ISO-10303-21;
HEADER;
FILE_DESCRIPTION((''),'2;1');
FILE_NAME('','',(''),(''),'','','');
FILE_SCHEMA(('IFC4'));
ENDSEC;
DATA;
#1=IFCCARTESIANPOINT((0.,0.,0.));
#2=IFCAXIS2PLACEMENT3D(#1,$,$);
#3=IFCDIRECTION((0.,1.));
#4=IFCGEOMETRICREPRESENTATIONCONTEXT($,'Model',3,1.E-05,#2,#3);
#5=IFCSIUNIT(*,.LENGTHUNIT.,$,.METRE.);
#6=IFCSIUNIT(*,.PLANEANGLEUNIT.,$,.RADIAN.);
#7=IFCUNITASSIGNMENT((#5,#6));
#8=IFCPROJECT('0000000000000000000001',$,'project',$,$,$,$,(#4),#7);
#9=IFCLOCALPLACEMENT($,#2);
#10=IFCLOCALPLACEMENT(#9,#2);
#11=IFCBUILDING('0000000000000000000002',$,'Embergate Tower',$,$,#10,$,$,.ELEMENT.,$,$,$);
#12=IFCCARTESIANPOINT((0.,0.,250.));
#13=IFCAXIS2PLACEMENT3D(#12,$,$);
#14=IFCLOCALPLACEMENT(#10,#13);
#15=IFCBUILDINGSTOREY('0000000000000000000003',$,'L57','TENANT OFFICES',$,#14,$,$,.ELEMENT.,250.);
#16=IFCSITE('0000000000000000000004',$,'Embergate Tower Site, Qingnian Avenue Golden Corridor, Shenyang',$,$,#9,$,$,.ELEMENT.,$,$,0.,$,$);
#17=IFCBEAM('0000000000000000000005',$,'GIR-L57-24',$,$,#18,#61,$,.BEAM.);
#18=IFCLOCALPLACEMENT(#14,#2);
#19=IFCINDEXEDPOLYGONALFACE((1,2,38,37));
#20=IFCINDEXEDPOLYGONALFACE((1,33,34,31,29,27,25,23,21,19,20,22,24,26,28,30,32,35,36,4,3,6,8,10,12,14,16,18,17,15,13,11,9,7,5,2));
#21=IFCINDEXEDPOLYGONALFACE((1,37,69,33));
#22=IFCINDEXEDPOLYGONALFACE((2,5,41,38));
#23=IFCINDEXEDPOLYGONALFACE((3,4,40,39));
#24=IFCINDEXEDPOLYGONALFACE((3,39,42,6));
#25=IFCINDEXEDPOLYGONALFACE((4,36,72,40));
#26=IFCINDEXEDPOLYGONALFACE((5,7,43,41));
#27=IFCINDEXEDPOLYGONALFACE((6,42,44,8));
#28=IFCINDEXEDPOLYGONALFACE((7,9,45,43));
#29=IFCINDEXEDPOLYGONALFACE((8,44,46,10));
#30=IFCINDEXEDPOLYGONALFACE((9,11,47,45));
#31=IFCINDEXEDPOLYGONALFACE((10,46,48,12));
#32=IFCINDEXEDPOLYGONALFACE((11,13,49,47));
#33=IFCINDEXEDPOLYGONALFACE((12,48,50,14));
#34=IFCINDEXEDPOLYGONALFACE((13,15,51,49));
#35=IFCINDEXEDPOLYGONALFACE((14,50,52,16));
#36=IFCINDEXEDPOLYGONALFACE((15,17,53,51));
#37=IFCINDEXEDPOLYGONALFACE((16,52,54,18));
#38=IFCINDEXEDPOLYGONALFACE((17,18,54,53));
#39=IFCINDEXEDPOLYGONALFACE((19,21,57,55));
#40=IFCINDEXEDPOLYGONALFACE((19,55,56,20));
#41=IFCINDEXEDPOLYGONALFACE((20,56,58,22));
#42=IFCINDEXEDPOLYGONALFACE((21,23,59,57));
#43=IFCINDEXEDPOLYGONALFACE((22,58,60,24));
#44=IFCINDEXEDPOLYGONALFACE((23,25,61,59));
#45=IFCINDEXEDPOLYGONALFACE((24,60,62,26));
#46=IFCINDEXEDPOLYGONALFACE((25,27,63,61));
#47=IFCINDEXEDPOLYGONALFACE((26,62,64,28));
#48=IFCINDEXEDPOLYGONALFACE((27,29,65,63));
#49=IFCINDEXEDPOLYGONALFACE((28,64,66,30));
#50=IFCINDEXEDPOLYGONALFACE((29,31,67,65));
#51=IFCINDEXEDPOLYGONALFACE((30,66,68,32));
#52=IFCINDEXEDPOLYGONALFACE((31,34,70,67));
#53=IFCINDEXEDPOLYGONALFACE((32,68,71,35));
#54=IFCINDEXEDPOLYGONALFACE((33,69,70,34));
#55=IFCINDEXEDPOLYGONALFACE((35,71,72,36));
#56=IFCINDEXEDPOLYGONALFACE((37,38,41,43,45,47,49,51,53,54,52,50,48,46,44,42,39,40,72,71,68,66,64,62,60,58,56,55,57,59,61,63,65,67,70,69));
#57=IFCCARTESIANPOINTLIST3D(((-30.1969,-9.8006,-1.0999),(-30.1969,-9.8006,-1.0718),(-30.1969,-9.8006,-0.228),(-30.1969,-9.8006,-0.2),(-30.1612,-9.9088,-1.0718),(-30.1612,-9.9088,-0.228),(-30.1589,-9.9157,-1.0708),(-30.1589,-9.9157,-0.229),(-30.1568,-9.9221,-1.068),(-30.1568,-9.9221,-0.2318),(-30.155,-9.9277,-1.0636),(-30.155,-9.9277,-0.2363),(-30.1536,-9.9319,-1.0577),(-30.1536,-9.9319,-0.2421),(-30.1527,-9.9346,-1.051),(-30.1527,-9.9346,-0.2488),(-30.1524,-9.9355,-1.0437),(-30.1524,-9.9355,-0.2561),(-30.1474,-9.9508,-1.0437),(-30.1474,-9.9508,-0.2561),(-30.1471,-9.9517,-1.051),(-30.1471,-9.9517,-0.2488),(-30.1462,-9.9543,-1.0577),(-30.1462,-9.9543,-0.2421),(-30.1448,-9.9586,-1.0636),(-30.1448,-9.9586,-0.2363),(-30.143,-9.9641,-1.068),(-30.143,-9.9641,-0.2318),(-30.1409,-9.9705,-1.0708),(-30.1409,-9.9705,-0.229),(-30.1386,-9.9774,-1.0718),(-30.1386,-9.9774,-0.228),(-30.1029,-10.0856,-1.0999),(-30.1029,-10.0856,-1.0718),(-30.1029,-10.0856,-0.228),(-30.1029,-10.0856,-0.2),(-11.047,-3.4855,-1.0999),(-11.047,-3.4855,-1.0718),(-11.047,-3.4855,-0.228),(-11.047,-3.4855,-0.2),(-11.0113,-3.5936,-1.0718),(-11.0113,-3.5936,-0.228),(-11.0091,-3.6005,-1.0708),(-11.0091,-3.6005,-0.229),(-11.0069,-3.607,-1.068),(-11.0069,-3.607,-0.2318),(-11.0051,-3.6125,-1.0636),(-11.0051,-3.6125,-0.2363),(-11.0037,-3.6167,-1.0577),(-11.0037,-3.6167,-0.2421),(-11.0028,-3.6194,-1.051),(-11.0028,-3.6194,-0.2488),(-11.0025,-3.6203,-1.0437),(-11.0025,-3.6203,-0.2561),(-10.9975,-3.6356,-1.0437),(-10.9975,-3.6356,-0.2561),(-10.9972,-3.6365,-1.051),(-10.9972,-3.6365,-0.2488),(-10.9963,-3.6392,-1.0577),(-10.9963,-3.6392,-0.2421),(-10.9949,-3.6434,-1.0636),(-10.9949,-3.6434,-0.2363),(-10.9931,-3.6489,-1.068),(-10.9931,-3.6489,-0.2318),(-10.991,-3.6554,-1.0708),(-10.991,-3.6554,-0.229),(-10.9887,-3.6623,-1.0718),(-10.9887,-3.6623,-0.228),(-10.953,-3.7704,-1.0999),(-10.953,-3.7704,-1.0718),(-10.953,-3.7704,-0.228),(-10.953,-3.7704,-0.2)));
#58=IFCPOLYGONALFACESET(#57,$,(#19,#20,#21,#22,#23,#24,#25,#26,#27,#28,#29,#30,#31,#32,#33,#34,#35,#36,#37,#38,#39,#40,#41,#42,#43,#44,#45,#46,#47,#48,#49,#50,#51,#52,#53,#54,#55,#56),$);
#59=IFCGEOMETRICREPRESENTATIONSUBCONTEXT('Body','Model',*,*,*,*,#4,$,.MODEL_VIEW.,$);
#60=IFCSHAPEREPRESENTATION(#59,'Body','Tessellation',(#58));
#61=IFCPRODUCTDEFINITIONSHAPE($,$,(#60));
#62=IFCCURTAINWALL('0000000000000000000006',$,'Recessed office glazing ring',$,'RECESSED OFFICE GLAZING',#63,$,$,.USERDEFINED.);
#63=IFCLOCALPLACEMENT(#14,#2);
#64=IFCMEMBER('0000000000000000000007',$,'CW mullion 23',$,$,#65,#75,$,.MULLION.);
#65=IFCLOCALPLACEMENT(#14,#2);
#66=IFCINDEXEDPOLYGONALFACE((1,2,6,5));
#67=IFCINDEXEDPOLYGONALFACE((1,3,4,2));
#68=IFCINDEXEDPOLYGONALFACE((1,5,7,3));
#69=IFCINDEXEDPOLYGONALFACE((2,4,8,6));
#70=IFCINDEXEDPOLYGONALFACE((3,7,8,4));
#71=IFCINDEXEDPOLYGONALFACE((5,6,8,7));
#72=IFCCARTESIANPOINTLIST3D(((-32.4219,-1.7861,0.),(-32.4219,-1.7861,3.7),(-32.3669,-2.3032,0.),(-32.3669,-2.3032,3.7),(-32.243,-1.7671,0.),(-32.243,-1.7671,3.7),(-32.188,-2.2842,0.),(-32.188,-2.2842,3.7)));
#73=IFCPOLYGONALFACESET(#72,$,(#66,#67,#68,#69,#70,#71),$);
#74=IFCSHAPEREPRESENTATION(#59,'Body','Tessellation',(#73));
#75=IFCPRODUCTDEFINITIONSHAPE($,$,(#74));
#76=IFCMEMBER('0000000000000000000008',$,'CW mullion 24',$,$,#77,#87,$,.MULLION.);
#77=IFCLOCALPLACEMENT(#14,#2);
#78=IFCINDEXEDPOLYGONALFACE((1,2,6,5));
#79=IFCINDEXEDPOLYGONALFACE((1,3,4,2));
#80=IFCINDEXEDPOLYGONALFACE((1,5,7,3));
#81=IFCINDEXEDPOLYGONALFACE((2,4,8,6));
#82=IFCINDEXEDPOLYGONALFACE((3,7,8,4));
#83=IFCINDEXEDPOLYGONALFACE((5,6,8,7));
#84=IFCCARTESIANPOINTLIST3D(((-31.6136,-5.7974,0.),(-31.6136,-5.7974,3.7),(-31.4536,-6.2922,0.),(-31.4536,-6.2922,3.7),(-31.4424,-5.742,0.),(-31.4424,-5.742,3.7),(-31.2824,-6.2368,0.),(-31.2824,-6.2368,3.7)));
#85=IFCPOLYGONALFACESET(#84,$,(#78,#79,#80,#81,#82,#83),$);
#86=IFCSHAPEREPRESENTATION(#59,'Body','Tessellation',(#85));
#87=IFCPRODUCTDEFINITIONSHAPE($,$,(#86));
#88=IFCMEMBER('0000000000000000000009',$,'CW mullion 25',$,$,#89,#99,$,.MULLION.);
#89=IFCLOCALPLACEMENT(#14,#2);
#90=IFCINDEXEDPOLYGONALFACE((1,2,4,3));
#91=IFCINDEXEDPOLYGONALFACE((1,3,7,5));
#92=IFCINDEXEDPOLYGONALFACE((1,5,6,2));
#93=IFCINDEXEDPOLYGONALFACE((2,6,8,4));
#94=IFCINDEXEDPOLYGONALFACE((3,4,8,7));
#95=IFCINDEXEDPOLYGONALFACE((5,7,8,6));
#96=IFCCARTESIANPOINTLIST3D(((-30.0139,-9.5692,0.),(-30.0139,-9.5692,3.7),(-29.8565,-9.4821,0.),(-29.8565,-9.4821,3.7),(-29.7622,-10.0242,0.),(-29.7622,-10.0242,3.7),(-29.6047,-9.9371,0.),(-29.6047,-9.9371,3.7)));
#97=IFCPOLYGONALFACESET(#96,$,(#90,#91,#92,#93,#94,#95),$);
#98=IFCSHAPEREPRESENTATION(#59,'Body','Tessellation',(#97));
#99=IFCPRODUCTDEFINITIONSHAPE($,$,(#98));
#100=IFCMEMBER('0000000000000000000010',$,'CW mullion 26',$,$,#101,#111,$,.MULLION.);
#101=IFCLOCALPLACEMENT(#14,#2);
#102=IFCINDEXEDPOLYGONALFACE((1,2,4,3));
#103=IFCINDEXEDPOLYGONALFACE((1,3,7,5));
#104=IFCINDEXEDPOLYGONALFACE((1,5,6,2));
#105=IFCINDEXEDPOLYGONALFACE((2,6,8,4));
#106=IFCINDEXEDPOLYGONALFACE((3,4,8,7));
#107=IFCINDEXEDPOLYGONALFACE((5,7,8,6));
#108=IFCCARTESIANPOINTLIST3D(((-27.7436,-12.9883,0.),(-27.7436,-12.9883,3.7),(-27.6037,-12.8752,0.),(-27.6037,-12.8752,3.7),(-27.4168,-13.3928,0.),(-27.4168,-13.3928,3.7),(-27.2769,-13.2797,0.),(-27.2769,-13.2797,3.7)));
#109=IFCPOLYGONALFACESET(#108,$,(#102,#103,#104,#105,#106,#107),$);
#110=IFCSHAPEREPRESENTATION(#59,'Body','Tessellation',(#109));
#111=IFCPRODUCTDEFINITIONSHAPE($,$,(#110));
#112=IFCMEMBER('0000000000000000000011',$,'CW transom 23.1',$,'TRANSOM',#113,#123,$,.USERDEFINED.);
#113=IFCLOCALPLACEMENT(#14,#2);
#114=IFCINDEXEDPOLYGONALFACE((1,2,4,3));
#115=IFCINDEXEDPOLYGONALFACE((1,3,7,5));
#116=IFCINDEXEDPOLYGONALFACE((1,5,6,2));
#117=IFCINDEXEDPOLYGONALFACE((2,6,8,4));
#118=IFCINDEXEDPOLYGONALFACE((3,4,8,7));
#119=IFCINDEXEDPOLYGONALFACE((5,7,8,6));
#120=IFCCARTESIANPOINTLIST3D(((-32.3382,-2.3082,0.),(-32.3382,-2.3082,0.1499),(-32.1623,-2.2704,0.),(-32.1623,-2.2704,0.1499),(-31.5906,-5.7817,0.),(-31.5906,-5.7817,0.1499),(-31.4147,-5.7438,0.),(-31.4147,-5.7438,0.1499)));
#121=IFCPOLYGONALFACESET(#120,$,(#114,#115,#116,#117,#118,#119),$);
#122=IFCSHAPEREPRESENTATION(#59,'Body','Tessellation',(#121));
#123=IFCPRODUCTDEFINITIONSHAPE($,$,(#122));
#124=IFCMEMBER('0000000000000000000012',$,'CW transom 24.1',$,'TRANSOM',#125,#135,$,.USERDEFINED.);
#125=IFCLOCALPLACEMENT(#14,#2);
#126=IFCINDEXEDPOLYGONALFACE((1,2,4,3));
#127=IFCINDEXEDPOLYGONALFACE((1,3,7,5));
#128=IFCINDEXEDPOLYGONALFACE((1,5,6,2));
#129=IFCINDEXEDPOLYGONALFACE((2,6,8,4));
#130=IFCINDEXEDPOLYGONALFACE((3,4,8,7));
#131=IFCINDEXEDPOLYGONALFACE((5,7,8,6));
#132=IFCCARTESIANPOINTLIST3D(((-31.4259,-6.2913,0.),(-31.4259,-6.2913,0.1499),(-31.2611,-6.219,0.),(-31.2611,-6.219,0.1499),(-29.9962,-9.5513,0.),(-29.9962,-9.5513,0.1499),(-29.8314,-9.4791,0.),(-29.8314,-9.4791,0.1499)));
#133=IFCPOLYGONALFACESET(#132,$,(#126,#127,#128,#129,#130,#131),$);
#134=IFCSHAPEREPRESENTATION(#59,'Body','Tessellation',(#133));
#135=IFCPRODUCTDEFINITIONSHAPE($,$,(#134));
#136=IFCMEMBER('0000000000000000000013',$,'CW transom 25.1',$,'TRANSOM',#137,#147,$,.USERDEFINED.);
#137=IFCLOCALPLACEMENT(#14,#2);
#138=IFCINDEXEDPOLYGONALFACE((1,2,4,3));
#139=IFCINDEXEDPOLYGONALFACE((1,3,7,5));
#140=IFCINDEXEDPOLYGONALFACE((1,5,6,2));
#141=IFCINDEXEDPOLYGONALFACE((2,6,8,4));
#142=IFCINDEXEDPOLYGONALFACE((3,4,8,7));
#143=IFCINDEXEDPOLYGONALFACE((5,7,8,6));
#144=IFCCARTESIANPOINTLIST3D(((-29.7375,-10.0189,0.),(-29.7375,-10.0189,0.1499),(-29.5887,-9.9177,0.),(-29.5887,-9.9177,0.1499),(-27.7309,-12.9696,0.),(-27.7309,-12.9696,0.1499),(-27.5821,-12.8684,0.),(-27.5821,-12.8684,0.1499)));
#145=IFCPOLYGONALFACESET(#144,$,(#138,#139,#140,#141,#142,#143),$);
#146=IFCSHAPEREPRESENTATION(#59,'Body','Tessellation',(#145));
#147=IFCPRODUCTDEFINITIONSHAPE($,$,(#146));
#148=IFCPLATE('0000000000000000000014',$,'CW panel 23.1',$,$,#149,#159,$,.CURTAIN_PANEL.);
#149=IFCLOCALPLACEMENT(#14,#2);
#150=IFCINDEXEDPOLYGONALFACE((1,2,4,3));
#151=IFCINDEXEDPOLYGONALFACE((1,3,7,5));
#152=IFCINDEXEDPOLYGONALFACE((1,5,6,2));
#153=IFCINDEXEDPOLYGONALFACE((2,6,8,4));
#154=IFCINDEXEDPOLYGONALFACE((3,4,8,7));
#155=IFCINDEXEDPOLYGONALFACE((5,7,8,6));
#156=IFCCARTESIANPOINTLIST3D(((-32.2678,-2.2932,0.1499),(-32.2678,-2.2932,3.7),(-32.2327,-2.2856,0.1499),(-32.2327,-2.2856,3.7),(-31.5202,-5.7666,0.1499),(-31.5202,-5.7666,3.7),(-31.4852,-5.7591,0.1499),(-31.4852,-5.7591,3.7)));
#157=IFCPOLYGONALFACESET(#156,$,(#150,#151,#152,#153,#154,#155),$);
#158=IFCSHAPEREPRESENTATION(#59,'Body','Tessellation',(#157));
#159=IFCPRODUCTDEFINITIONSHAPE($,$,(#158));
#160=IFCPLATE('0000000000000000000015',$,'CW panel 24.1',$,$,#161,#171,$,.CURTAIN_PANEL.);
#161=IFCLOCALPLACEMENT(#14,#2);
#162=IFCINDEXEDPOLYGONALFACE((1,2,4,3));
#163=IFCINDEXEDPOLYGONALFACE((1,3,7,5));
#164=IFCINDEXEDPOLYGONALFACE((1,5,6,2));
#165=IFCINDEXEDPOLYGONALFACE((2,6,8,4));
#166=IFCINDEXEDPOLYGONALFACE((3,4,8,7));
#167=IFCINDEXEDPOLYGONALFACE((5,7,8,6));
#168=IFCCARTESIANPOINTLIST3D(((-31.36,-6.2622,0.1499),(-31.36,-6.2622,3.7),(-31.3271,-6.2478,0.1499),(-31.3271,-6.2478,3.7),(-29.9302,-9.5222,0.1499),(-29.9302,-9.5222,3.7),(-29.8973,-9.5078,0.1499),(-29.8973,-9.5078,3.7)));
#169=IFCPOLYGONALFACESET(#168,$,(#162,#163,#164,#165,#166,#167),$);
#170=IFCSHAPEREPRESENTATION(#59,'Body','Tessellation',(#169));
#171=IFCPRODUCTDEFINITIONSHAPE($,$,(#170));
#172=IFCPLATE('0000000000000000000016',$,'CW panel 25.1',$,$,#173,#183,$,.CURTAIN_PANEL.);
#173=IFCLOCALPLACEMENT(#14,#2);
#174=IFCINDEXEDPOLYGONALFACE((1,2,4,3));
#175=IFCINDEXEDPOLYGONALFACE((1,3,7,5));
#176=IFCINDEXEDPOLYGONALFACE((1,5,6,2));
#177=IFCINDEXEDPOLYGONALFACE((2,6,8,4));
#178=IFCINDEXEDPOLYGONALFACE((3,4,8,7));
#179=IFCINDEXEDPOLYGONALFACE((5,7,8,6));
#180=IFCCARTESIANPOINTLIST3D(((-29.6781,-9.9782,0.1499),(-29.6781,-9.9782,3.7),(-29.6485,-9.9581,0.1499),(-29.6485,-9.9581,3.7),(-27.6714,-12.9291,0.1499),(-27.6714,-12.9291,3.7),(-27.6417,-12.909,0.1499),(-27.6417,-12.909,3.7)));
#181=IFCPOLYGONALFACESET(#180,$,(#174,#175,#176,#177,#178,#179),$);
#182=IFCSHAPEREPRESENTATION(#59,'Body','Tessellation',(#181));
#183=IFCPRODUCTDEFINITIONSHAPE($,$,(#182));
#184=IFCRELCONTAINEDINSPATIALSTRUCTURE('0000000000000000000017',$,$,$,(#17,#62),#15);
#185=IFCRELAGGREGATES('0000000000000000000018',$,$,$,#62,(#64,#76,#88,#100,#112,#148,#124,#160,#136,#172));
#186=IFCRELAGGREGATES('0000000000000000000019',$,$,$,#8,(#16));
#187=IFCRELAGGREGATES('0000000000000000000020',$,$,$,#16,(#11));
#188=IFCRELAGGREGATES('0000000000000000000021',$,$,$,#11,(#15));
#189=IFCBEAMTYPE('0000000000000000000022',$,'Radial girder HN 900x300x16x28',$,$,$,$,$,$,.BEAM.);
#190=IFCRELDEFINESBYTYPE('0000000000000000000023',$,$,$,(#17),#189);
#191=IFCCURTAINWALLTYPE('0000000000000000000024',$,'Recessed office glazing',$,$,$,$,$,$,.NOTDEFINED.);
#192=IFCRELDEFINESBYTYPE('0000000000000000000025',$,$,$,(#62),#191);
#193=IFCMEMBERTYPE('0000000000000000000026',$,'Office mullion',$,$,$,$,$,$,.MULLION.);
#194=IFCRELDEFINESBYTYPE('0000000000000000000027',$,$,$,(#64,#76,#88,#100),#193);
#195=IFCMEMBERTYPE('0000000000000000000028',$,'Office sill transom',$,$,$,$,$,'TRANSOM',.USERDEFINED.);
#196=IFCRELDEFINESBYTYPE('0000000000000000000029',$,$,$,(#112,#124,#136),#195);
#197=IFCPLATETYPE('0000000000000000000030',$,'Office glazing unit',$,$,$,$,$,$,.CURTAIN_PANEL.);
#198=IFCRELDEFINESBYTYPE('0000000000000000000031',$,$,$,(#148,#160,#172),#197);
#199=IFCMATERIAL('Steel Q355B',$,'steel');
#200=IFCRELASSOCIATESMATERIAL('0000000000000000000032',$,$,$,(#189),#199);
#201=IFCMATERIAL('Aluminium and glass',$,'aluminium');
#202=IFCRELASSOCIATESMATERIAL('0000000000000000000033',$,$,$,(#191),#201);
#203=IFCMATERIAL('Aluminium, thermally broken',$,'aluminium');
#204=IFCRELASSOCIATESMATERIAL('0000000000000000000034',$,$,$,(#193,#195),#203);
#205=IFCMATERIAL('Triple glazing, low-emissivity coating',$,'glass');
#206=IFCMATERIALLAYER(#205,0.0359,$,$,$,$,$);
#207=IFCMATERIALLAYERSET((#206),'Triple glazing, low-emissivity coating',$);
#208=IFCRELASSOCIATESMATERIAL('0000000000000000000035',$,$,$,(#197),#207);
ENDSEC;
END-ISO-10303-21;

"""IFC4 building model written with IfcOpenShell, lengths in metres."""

from ifc_helpers import new_model, si_unit, direction, frame, origin, origin_2d, place, context, subcontext, project, spatial, rectangle, i_section, extrude, source, transform, mapped, material, layer, layer_set, material_profile, profile_set, type_object, element, aggregate, save


model = new_model("IFC4")

# Units and contexts
model_context = context("Model", 3, precision=1e-05, world=origin(), true_north=direction((0.0, 1.0)))
body_context = subcontext(model_context, "Body", "Model", "MODEL_VIEW")
ifc_project = project(units=[si_unit("LENGTHUNIT", "METRE"), si_unit("PLANEANGLEUNIT", "RADIAN")], contexts=[model_context])

# Site, building, storey
site_placement = place(None, origin())
site = spatial("IfcSite", under=ifc_project, at=site_placement, Name="Embergate Tower Site, Qingnian Avenue Golden Corridor, Shenyang", CompositionType="ELEMENT", RefElevation=0.0)
building_placement = place(site_placement, origin())
building = spatial("IfcBuilding", under=site, at=building_placement, Name="Embergate Tower", CompositionType="ELEMENT")
storey_placement = place(building_placement, frame((0.0, 0.0, 250.0)))
storey = spatial("IfcBuildingStorey", under=building, at=storey_placement, Name="L57", Description="TENANT OFFICES", CompositionType="ELEMENT", Elevation=250.0)

# Beam
ifc_material_1 = material(Name="Steel Q355B", Category="steel")
ifc_material_profile_1 = material_profile(ifc_material_1, i_section(OverallWidth=0.3, OverallDepth=0.8999, WebThickness=0.0161, FlangeThickness=0.0281, FilletRadius=0.0281, at=origin_2d()), Name="HN 900x300x16x28")
ifc_profile_set_1 = profile_set([ifc_material_profile_1], Name="Steel Q355 grade B")
beam_type_1 = type_object("IfcBeamType", Name="Radial girder HN 900x300x16x28", PredefinedType="BEAM", material=ifc_profile_set_1)
shared_shape_1 = source(origin(), body_context, "Body", "SweptSolid", [
    extrude(i_section(OverallWidth=0.3, OverallDepth=0.8999, WebThickness=0.0161, FlangeThickness=0.0281, FilletRadius=0.0281, at=origin_2d()), origin(), (0.0, 0.0, 1.0), 20.1643),
])
beam_1_placement = place(storey_placement, frame((-30.1499, -9.9431, -0.6499), z_axis=(0.949692, 0.313186, 0.0), x_axis=(-0.313186, 0.949692, 0.0)))
element("IfcBeam", 1, at=beam_1_placement, inside=storey, type_object=beam_type_1, Name="GIR-L57-24", PredefinedType="BEAM", context=body_context, shape_type="MappedRepresentation", body=[
    mapped(shared_shape_1, transform((0.0, 0.0, 0.0))),
])

# Curtain wall, members, plates
ifc_material_2 = material(Name="Aluminium and glass", Category="aluminium")
curtain_wall_type = type_object("IfcCurtainWallType", Name="Recessed office glazing", PredefinedType="NOTDEFINED", material=ifc_material_2)
curtain_wall_placement = place(storey_placement, origin())
curtain_wall = element("IfcCurtainWall", 2, at=curtain_wall_placement, inside=storey, type_object=curtain_wall_type, Name="Recessed office glazing ring", ObjectType="RECESSED OFFICE GLAZING", PredefinedType="USERDEFINED")
ifc_material_3 = material(Name="Aluminium, thermally broken", Category="aluminium")
ifc_material_profile_2 = material_profile(ifc_material_3, rectangle(XDim=0.1799, YDim=0.52, at=origin_2d()), Name="AL 520x180")
ifc_profile_set_2 = profile_set([ifc_material_profile_2], Name="Aluminium, thermally broken")
member_type_1 = type_object("IfcMemberType", Name="Office mullion", PredefinedType="MULLION", material=ifc_profile_set_2)
shared_shape_2 = source(origin(), body_context, "Body", "SweptSolid", [
    extrude(rectangle(XDim=0.1799, YDim=0.52, at=origin_2d()), origin(), (0.0, 0.0, 1.0), 3.7),
])
member_1_placement = place(storey_placement, frame((-32.3049, -2.0352, 0.0), z_axis=(0.0, 0.0, 1.0), x_axis=(0.994385, 0.105827, 0.0)))
member_1 = element("IfcMember", 3, at=member_1_placement, type_object=member_type_1, Name="CW mullion 23", PredefinedType="MULLION", context=body_context, shape_type="MappedRepresentation", body=[
    mapped(shared_shape_2, transform((0.0, 0.0, 0.0))),
])
member_2_placement = place(storey_placement, frame((-31.448, -6.0171, 0.0), z_axis=(0.0, 0.0, 1.0), x_axis=(0.951496, 0.307662, 0.0)))
member_2 = element("IfcMember", 4, at=member_2_placement, type_object=member_type_1, Name="CW mullion 24", PredefinedType="MULLION", context=body_context, shape_type="MappedRepresentation", body=[
    mapped(shared_shape_2, transform((0.0, 0.0, 0.0))),
])
member_3_placement = place(storey_placement, frame((-29.8093, -9.7532, 0.0), z_axis=(0.0, 0.0, 1.0), x_axis=(0.874998, 0.484127, 0.0)))
member_3 = element("IfcMember", 5, at=member_3_placement, type_object=member_type_1, Name="CW mullion 25", PredefinedType="MULLION", context=body_context, shape_type="MappedRepresentation", body=[
    mapped(shared_shape_2, transform((0.0, 0.0, 0.0))),
])
member_4_placement = place(storey_placement, frame((-27.5103, -13.134, 0.0), z_axis=(0.0, 0.0, 1.0), x_axis=(0.777868, 0.628427, 0.0)))
member_4 = element("IfcMember", 6, at=member_4_placement, type_object=member_type_1, Name="CW mullion 26", PredefinedType="MULLION", context=body_context, shape_type="MappedRepresentation", body=[
    mapped(shared_shape_2, transform((0.0, 0.0, 0.0))),
])
ifc_material_profile_3 = material_profile(ifc_material_3, rectangle(XDim=0.1799, YDim=0.1499, at=origin_2d()), Name="AL 150x180")
ifc_profile_set_3 = profile_set([ifc_material_profile_3], Name="Aluminium, thermally broken")
member_type_2 = type_object("IfcMemberType", Name="Office sill transom", ElementType="TRANSOM", PredefinedType="USERDEFINED", material=ifc_profile_set_3)
shared_shape_3 = source(origin(), body_context, "Body", "SweptSolid", [
    extrude(rectangle(XDim=0.1799, YDim=0.1499, at=origin_2d()), origin(), (0.0, 0.0, 1.0), 3.553),
])
member_5_placement = place(storey_placement, frame((-32.2502, -2.2893, 0.075), z_axis=(0.210407, -0.977614, 0.0), x_axis=(0.977614, 0.210407, 0.0)))
member_5 = element("IfcMember", 7, at=member_5_placement, type_object=member_type_2, Name="CW transom 23.1", ObjectType="TRANSOM", PredefinedType="USERDEFINED", context=body_context, shape_type="MappedRepresentation", body=[
    mapped(shared_shape_3, transform((0.0, 0.0, 0.0))),
])
shared_shape_4 = source(origin(), body_context, "Body", "SweptSolid", [
    extrude(rectangle(XDim=0.1799, YDim=0.1499, at=origin_2d()), origin(), (0.0, 0.0, 1.0), 3.5598),
])
member_6_placement = place(storey_placement, frame((-31.3435, -6.2551, 0.075), z_axis=(0.401628, -0.915803, 0.0), x_axis=(0.915803, 0.401628, 0.0)))
member_6 = element("IfcMember", 8, at=member_6_placement, type_object=member_type_2, Name="CW transom 24.1", ObjectType="TRANSOM", PredefinedType="USERDEFINED", context=body_context, shape_type="MappedRepresentation", body=[
    mapped(shared_shape_4, transform((0.0, 0.0, 0.0))),
])
shared_shape_5 = source(origin(), body_context, "Body", "SweptSolid", [
    extrude(rectangle(XDim=0.1799, YDim=0.1499, at=origin_2d()), origin(), (0.0, 0.0, 1.0), 3.5684),
])
member_7_placement = place(storey_placement, frame((-29.6631, -9.9683, 0.075), z_axis=(0.562334, -0.82691, 0.0), x_axis=(0.82691, 0.562334, 0.0)))
member_7 = element("IfcMember", 9, at=member_7_placement, type_object=member_type_2, Name="CW transom 25.1", ObjectType="TRANSOM", PredefinedType="USERDEFINED", context=body_context, shape_type="MappedRepresentation", body=[
    mapped(shared_shape_5, transform((0.0, 0.0, 0.0))),
])
ifc_material_4 = material(Name="Triple glazing, low-emissivity coating", Category="glass")
ifc_layer_1 = layer(ifc_material_4, 0.0359)
ifc_layer_set_1 = layer_set([ifc_layer_1], Name="Triple glazing, low-emissivity coating")
plate_type = type_object("IfcPlateType", Name="Office glazing unit", PredefinedType="CURTAIN_PANEL", material=ifc_layer_set_1)
shared_shape_6 = source(origin(), body_context, "Body", "SweptSolid", [
    extrude(rectangle(XDim=3.553, YDim=0.0359, at=origin_2d()), origin(), (0.0, 0.0, 1.0), 3.55),
])
plate_1_placement = place(storey_placement, frame((-31.8765, -4.0261, 0.1499), z_axis=(0.0, 0.0, 1.0), x_axis=(0.210398, -0.977616, 0.0)))
plate_1 = element("IfcPlate", 10, at=plate_1_placement, type_object=plate_type, Name="CW panel 23.1", PredefinedType="CURTAIN_PANEL", context=body_context, shape_type="MappedRepresentation", body=[
    mapped(shared_shape_6, transform((0.0, 0.0, 0.0))),
])
shared_shape_7 = source(origin(), body_context, "Body", "SweptSolid", [
    extrude(rectangle(XDim=3.5598, YDim=0.0359, at=origin_2d()), origin(), (0.0, 0.0, 1.0), 3.55),
])
plate_2_placement = place(storey_placement, frame((-30.6287, -7.885, 0.1499), z_axis=(0.0, 0.0, 1.0), x_axis=(0.401652, -0.915792, 0.0)))
plate_2 = element("IfcPlate", 11, at=plate_2_placement, type_object=plate_type, Name="CW panel 24.1", PredefinedType="CURTAIN_PANEL", context=body_context, shape_type="MappedRepresentation", body=[
    mapped(shared_shape_7, transform((0.0, 0.0, 0.0))),
])
shared_shape_8 = source(origin(), body_context, "Body", "SweptSolid", [
    extrude(rectangle(XDim=3.5686, YDim=0.0359, at=origin_2d()), origin(), (0.0, 0.0, 1.0), 3.55),
])
plate_3_placement = place(storey_placement, frame((-28.6599, -11.4436, 0.1499), z_axis=(0.0, 0.0, 1.0), x_axis=(0.562342, -0.826905, 0.0)))
plate_3 = element("IfcPlate", 12, at=plate_3_placement, type_object=plate_type, Name="CW panel 25.1", PredefinedType="CURTAIN_PANEL", context=body_context, shape_type="MappedRepresentation", body=[
    mapped(shared_shape_8, transform((0.0, 0.0, 0.0))),
])
aggregate(curtain_wall, [member_1, member_2, member_3, member_4, member_5, plate_1, member_6, plate_2, member_7, plate_3])

save(model, "model.ifc")
